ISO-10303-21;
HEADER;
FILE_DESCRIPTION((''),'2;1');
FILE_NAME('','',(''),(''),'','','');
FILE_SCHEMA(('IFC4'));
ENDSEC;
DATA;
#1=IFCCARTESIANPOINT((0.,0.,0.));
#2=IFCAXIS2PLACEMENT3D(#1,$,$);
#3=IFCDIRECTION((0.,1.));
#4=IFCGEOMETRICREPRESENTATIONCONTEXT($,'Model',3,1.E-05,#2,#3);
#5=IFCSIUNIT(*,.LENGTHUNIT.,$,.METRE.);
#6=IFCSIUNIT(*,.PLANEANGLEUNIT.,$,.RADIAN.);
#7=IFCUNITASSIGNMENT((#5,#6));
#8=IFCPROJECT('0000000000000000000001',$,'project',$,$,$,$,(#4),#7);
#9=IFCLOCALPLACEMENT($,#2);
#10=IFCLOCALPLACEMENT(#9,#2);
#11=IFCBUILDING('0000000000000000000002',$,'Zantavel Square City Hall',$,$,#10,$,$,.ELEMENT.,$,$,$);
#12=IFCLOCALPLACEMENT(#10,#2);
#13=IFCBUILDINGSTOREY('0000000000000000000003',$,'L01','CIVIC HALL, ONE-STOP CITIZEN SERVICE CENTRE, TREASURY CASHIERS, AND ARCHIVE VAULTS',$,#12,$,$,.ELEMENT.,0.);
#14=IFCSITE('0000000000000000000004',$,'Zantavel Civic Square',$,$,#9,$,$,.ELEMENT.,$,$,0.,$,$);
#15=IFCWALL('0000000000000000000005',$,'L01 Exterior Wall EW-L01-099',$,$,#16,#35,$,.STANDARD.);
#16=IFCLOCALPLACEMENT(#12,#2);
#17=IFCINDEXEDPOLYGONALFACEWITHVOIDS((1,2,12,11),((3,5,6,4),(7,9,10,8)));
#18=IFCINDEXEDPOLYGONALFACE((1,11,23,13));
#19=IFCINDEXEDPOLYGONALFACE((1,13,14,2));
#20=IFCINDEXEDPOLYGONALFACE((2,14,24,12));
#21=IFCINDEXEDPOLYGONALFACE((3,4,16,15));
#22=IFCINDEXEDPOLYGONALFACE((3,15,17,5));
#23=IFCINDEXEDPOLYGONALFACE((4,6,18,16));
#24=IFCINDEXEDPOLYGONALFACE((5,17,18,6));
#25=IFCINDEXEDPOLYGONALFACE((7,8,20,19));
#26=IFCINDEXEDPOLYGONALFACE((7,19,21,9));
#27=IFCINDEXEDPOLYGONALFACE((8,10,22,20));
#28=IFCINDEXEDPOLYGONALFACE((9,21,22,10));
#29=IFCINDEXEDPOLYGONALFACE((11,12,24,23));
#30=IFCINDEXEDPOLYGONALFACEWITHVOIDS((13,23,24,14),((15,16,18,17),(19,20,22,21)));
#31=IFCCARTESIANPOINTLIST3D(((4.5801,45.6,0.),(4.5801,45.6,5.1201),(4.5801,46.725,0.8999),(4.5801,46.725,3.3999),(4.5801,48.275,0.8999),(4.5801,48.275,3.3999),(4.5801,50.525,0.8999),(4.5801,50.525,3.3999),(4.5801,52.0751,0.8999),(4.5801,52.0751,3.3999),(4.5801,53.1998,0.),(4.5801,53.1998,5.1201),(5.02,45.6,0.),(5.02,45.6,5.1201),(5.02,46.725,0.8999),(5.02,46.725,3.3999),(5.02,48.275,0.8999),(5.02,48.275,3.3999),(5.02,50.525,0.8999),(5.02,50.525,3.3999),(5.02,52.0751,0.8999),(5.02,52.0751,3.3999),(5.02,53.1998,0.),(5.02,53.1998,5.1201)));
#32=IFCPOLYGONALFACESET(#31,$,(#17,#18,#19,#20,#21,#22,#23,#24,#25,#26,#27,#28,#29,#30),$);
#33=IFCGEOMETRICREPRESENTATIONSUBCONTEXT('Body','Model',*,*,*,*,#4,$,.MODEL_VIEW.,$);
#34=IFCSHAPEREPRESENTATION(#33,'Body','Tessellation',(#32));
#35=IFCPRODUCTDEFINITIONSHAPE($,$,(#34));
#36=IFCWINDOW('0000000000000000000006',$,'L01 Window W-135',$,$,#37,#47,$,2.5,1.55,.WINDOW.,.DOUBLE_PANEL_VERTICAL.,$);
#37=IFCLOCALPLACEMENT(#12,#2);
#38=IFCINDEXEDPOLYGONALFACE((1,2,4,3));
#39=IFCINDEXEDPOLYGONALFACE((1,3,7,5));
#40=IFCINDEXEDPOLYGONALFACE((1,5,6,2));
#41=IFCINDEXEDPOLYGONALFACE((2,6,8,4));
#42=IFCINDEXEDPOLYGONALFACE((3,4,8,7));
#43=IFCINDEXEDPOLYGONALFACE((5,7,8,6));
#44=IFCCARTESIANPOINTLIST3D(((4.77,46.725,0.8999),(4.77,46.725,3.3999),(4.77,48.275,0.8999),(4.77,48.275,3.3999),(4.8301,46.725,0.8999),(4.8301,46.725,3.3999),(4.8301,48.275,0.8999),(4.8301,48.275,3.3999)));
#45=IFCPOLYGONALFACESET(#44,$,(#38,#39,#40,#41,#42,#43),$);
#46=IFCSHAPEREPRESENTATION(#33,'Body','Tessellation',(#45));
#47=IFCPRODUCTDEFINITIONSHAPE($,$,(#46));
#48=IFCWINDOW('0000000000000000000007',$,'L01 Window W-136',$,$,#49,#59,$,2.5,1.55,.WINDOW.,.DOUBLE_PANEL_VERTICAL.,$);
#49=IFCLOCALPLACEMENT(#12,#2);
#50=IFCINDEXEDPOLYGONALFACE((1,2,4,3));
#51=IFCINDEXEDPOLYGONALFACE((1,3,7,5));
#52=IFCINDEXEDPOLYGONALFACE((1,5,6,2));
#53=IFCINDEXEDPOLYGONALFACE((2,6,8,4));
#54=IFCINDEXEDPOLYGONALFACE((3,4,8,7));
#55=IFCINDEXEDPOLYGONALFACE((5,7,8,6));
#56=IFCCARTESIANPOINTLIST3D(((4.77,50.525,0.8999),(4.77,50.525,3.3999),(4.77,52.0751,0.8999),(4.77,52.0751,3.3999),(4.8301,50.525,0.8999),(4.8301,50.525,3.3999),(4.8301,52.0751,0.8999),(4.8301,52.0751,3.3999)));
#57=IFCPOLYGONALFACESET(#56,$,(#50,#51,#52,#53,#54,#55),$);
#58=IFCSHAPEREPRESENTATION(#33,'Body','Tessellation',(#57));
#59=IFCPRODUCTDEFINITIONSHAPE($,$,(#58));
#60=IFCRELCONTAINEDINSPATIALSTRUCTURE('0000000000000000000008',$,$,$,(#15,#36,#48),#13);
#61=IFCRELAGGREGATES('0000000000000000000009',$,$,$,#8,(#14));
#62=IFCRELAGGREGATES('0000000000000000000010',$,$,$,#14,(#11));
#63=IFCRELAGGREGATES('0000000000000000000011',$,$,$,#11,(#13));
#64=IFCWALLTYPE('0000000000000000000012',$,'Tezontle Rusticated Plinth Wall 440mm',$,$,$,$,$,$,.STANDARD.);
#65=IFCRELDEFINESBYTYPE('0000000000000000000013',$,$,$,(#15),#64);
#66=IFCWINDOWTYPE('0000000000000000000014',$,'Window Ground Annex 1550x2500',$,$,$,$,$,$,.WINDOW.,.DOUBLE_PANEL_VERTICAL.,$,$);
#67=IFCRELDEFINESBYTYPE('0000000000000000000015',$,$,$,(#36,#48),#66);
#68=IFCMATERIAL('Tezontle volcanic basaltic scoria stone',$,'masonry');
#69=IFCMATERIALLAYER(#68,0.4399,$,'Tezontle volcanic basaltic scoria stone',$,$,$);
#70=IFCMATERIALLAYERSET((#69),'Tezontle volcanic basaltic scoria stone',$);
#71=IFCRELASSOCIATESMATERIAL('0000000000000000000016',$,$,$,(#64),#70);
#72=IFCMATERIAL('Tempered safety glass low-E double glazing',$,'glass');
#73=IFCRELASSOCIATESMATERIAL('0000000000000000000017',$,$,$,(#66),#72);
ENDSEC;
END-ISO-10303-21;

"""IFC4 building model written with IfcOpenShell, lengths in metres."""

from ifc_helpers import new_model, si_unit, direction, frame, frame_2d, origin, place, context, subcontext, project, spatial, rectangle, extrude, material, layer, layer_set, type_object, element, fill, save


model = new_model("IFC4")

# Units and contexts
model_context = context("Model", 3, precision=1e-05, world=origin(), true_north=direction((0.0, 1.0)))
body_context = subcontext(model_context, "Body", "Model", "MODEL_VIEW")
ifc_project = project(units=[si_unit("LENGTHUNIT", "METRE"), si_unit("PLANEANGLEUNIT", "RADIAN")], contexts=[model_context])

# Site, building, storey
site_placement = place(None, origin())
site = spatial("IfcSite", under=ifc_project, at=site_placement, Name="Zantavel Civic Square", CompositionType="ELEMENT", RefElevation=0.0)
building_placement = place(site_placement, origin())
building = spatial("IfcBuilding", under=site, at=building_placement, Name="Zantavel Square City Hall", CompositionType="ELEMENT")
storey_placement = place(building_placement, origin())
storey = spatial("IfcBuildingStorey", under=building, at=storey_placement, Name="L01", Description="CIVIC HALL, ONE-STOP CITIZEN SERVICE CENTRE, TREASURY CASHIERS, AND ARCHIVE VAULTS", CompositionType="ELEMENT", Elevation=0.0)

# Shared definitions
ifc_material_1 = material(Name="Tempered safety glass low-E double glazing", Category="glass")

# Wall, openings, windows
ifc_material_2 = material(Name="Tezontle volcanic basaltic scoria stone", Category="masonry")
ifc_layer_1 = layer(ifc_material_2, 0.4399, Name="Tezontle volcanic basaltic scoria stone")
ifc_layer_set_1 = layer_set([ifc_layer_1], Name="Tezontle volcanic basaltic scoria stone")
wall_type = type_object("IfcWallType", Name="Tezontle Rusticated Plinth Wall 440mm", PredefinedType="STANDARD", material=ifc_layer_set_1)
wall_placement = place(storey_placement, frame((4.8, 45.6001, 0.0), z_axis=(0.0, 0.0, 1.0), x_axis=(0.0, 1.0, 0.0)))
wall = element("IfcWall", 1, at=wall_placement, inside=storey, type_object=wall_type, Name="L01 Exterior Wall EW-L01-099", PredefinedType="STANDARD", context=body_context, shape_type="SweptSolid", body=[
    extrude(rectangle(XDim=7.5999, YDim=0.4399, at=frame_2d((3.7998, 0.0))), origin(), (0.0, 0.0, 1.0), 5.1201),
])
opening_1_placement = place(wall_placement, frame((1.125, 0.0, 0.8999)))
opening_1 = element("IfcOpeningElement", 2, at=opening_1_placement, cuts=wall, PredefinedType="OPENING", context=body_context, shape_type="SweptSolid", body=[
    extrude(rectangle(XDim=1.55, YDim=2.5, at=frame_2d((0.7749, 1.25))), frame((0.0, 0.23, 0.0), z_axis=(0.0, -1.0, 0.0), x_axis=(1.0, 0.0, 0.0)), (0.0, 0.0, 1.0), 0.46),
])
opening_2_placement = place(wall_placement, frame((4.925, 0.0, 0.8999)))
opening_2 = element("IfcOpeningElement", 3, at=opening_2_placement, cuts=wall, PredefinedType="OPENING", context=body_context, shape_type="SweptSolid", body=[
    extrude(rectangle(XDim=1.55, YDim=2.5, at=frame_2d((0.7749, 1.25))), frame((0.0, 0.23, 0.0), z_axis=(0.0, -1.0, 0.0), x_axis=(1.0, 0.0, 0.0)), (0.0, 0.0, 1.0), 0.46),
])
window_type = type_object("IfcWindowType", Name="Window Ground Annex 1550x2500", PartitioningType="DOUBLE_PANEL_VERTICAL", PredefinedType="WINDOW", material=ifc_material_1)
window_1_placement = place(opening_1_placement, origin())
window_1 = element("IfcWindow", 4, at=window_1_placement, inside=storey, type_object=window_type, Name="L01 Window W-135", OverallHeight=2.5, OverallWidth=1.55, PartitioningType="DOUBLE_PANEL_VERTICAL", PredefinedType="WINDOW", context=body_context, shape_type="SweptSolid", body=[
    extrude(rectangle(XDim=1.55, YDim=2.5, at=frame_2d((0.7749, 1.25))), frame((0.0, 0.03, 0.0), z_axis=(0.0, -1.0, 0.0), x_axis=(1.0, 0.0, 0.0)), (0.0, 0.0, 1.0), 0.0601),
])
fill(opening_1, window_1)
window_2_placement = place(opening_2_placement, origin())
window_2 = element("IfcWindow", 5, at=window_2_placement, inside=storey, type_object=window_type, Name="L01 Window W-136", OverallHeight=2.5, OverallWidth=1.55, PartitioningType="DOUBLE_PANEL_VERTICAL", PredefinedType="WINDOW", context=body_context, shape_type="SweptSolid", body=[
    extrude(rectangle(XDim=1.55, YDim=2.5, at=frame_2d((0.7749, 1.25))), frame((0.0, 0.03, 0.0), z_axis=(0.0, -1.0, 0.0), x_axis=(1.0, 0.0, 0.0)), (0.0, 0.0, 1.0), 0.0601),
])
fill(opening_2, window_2)

save(model, "model.ifc")
